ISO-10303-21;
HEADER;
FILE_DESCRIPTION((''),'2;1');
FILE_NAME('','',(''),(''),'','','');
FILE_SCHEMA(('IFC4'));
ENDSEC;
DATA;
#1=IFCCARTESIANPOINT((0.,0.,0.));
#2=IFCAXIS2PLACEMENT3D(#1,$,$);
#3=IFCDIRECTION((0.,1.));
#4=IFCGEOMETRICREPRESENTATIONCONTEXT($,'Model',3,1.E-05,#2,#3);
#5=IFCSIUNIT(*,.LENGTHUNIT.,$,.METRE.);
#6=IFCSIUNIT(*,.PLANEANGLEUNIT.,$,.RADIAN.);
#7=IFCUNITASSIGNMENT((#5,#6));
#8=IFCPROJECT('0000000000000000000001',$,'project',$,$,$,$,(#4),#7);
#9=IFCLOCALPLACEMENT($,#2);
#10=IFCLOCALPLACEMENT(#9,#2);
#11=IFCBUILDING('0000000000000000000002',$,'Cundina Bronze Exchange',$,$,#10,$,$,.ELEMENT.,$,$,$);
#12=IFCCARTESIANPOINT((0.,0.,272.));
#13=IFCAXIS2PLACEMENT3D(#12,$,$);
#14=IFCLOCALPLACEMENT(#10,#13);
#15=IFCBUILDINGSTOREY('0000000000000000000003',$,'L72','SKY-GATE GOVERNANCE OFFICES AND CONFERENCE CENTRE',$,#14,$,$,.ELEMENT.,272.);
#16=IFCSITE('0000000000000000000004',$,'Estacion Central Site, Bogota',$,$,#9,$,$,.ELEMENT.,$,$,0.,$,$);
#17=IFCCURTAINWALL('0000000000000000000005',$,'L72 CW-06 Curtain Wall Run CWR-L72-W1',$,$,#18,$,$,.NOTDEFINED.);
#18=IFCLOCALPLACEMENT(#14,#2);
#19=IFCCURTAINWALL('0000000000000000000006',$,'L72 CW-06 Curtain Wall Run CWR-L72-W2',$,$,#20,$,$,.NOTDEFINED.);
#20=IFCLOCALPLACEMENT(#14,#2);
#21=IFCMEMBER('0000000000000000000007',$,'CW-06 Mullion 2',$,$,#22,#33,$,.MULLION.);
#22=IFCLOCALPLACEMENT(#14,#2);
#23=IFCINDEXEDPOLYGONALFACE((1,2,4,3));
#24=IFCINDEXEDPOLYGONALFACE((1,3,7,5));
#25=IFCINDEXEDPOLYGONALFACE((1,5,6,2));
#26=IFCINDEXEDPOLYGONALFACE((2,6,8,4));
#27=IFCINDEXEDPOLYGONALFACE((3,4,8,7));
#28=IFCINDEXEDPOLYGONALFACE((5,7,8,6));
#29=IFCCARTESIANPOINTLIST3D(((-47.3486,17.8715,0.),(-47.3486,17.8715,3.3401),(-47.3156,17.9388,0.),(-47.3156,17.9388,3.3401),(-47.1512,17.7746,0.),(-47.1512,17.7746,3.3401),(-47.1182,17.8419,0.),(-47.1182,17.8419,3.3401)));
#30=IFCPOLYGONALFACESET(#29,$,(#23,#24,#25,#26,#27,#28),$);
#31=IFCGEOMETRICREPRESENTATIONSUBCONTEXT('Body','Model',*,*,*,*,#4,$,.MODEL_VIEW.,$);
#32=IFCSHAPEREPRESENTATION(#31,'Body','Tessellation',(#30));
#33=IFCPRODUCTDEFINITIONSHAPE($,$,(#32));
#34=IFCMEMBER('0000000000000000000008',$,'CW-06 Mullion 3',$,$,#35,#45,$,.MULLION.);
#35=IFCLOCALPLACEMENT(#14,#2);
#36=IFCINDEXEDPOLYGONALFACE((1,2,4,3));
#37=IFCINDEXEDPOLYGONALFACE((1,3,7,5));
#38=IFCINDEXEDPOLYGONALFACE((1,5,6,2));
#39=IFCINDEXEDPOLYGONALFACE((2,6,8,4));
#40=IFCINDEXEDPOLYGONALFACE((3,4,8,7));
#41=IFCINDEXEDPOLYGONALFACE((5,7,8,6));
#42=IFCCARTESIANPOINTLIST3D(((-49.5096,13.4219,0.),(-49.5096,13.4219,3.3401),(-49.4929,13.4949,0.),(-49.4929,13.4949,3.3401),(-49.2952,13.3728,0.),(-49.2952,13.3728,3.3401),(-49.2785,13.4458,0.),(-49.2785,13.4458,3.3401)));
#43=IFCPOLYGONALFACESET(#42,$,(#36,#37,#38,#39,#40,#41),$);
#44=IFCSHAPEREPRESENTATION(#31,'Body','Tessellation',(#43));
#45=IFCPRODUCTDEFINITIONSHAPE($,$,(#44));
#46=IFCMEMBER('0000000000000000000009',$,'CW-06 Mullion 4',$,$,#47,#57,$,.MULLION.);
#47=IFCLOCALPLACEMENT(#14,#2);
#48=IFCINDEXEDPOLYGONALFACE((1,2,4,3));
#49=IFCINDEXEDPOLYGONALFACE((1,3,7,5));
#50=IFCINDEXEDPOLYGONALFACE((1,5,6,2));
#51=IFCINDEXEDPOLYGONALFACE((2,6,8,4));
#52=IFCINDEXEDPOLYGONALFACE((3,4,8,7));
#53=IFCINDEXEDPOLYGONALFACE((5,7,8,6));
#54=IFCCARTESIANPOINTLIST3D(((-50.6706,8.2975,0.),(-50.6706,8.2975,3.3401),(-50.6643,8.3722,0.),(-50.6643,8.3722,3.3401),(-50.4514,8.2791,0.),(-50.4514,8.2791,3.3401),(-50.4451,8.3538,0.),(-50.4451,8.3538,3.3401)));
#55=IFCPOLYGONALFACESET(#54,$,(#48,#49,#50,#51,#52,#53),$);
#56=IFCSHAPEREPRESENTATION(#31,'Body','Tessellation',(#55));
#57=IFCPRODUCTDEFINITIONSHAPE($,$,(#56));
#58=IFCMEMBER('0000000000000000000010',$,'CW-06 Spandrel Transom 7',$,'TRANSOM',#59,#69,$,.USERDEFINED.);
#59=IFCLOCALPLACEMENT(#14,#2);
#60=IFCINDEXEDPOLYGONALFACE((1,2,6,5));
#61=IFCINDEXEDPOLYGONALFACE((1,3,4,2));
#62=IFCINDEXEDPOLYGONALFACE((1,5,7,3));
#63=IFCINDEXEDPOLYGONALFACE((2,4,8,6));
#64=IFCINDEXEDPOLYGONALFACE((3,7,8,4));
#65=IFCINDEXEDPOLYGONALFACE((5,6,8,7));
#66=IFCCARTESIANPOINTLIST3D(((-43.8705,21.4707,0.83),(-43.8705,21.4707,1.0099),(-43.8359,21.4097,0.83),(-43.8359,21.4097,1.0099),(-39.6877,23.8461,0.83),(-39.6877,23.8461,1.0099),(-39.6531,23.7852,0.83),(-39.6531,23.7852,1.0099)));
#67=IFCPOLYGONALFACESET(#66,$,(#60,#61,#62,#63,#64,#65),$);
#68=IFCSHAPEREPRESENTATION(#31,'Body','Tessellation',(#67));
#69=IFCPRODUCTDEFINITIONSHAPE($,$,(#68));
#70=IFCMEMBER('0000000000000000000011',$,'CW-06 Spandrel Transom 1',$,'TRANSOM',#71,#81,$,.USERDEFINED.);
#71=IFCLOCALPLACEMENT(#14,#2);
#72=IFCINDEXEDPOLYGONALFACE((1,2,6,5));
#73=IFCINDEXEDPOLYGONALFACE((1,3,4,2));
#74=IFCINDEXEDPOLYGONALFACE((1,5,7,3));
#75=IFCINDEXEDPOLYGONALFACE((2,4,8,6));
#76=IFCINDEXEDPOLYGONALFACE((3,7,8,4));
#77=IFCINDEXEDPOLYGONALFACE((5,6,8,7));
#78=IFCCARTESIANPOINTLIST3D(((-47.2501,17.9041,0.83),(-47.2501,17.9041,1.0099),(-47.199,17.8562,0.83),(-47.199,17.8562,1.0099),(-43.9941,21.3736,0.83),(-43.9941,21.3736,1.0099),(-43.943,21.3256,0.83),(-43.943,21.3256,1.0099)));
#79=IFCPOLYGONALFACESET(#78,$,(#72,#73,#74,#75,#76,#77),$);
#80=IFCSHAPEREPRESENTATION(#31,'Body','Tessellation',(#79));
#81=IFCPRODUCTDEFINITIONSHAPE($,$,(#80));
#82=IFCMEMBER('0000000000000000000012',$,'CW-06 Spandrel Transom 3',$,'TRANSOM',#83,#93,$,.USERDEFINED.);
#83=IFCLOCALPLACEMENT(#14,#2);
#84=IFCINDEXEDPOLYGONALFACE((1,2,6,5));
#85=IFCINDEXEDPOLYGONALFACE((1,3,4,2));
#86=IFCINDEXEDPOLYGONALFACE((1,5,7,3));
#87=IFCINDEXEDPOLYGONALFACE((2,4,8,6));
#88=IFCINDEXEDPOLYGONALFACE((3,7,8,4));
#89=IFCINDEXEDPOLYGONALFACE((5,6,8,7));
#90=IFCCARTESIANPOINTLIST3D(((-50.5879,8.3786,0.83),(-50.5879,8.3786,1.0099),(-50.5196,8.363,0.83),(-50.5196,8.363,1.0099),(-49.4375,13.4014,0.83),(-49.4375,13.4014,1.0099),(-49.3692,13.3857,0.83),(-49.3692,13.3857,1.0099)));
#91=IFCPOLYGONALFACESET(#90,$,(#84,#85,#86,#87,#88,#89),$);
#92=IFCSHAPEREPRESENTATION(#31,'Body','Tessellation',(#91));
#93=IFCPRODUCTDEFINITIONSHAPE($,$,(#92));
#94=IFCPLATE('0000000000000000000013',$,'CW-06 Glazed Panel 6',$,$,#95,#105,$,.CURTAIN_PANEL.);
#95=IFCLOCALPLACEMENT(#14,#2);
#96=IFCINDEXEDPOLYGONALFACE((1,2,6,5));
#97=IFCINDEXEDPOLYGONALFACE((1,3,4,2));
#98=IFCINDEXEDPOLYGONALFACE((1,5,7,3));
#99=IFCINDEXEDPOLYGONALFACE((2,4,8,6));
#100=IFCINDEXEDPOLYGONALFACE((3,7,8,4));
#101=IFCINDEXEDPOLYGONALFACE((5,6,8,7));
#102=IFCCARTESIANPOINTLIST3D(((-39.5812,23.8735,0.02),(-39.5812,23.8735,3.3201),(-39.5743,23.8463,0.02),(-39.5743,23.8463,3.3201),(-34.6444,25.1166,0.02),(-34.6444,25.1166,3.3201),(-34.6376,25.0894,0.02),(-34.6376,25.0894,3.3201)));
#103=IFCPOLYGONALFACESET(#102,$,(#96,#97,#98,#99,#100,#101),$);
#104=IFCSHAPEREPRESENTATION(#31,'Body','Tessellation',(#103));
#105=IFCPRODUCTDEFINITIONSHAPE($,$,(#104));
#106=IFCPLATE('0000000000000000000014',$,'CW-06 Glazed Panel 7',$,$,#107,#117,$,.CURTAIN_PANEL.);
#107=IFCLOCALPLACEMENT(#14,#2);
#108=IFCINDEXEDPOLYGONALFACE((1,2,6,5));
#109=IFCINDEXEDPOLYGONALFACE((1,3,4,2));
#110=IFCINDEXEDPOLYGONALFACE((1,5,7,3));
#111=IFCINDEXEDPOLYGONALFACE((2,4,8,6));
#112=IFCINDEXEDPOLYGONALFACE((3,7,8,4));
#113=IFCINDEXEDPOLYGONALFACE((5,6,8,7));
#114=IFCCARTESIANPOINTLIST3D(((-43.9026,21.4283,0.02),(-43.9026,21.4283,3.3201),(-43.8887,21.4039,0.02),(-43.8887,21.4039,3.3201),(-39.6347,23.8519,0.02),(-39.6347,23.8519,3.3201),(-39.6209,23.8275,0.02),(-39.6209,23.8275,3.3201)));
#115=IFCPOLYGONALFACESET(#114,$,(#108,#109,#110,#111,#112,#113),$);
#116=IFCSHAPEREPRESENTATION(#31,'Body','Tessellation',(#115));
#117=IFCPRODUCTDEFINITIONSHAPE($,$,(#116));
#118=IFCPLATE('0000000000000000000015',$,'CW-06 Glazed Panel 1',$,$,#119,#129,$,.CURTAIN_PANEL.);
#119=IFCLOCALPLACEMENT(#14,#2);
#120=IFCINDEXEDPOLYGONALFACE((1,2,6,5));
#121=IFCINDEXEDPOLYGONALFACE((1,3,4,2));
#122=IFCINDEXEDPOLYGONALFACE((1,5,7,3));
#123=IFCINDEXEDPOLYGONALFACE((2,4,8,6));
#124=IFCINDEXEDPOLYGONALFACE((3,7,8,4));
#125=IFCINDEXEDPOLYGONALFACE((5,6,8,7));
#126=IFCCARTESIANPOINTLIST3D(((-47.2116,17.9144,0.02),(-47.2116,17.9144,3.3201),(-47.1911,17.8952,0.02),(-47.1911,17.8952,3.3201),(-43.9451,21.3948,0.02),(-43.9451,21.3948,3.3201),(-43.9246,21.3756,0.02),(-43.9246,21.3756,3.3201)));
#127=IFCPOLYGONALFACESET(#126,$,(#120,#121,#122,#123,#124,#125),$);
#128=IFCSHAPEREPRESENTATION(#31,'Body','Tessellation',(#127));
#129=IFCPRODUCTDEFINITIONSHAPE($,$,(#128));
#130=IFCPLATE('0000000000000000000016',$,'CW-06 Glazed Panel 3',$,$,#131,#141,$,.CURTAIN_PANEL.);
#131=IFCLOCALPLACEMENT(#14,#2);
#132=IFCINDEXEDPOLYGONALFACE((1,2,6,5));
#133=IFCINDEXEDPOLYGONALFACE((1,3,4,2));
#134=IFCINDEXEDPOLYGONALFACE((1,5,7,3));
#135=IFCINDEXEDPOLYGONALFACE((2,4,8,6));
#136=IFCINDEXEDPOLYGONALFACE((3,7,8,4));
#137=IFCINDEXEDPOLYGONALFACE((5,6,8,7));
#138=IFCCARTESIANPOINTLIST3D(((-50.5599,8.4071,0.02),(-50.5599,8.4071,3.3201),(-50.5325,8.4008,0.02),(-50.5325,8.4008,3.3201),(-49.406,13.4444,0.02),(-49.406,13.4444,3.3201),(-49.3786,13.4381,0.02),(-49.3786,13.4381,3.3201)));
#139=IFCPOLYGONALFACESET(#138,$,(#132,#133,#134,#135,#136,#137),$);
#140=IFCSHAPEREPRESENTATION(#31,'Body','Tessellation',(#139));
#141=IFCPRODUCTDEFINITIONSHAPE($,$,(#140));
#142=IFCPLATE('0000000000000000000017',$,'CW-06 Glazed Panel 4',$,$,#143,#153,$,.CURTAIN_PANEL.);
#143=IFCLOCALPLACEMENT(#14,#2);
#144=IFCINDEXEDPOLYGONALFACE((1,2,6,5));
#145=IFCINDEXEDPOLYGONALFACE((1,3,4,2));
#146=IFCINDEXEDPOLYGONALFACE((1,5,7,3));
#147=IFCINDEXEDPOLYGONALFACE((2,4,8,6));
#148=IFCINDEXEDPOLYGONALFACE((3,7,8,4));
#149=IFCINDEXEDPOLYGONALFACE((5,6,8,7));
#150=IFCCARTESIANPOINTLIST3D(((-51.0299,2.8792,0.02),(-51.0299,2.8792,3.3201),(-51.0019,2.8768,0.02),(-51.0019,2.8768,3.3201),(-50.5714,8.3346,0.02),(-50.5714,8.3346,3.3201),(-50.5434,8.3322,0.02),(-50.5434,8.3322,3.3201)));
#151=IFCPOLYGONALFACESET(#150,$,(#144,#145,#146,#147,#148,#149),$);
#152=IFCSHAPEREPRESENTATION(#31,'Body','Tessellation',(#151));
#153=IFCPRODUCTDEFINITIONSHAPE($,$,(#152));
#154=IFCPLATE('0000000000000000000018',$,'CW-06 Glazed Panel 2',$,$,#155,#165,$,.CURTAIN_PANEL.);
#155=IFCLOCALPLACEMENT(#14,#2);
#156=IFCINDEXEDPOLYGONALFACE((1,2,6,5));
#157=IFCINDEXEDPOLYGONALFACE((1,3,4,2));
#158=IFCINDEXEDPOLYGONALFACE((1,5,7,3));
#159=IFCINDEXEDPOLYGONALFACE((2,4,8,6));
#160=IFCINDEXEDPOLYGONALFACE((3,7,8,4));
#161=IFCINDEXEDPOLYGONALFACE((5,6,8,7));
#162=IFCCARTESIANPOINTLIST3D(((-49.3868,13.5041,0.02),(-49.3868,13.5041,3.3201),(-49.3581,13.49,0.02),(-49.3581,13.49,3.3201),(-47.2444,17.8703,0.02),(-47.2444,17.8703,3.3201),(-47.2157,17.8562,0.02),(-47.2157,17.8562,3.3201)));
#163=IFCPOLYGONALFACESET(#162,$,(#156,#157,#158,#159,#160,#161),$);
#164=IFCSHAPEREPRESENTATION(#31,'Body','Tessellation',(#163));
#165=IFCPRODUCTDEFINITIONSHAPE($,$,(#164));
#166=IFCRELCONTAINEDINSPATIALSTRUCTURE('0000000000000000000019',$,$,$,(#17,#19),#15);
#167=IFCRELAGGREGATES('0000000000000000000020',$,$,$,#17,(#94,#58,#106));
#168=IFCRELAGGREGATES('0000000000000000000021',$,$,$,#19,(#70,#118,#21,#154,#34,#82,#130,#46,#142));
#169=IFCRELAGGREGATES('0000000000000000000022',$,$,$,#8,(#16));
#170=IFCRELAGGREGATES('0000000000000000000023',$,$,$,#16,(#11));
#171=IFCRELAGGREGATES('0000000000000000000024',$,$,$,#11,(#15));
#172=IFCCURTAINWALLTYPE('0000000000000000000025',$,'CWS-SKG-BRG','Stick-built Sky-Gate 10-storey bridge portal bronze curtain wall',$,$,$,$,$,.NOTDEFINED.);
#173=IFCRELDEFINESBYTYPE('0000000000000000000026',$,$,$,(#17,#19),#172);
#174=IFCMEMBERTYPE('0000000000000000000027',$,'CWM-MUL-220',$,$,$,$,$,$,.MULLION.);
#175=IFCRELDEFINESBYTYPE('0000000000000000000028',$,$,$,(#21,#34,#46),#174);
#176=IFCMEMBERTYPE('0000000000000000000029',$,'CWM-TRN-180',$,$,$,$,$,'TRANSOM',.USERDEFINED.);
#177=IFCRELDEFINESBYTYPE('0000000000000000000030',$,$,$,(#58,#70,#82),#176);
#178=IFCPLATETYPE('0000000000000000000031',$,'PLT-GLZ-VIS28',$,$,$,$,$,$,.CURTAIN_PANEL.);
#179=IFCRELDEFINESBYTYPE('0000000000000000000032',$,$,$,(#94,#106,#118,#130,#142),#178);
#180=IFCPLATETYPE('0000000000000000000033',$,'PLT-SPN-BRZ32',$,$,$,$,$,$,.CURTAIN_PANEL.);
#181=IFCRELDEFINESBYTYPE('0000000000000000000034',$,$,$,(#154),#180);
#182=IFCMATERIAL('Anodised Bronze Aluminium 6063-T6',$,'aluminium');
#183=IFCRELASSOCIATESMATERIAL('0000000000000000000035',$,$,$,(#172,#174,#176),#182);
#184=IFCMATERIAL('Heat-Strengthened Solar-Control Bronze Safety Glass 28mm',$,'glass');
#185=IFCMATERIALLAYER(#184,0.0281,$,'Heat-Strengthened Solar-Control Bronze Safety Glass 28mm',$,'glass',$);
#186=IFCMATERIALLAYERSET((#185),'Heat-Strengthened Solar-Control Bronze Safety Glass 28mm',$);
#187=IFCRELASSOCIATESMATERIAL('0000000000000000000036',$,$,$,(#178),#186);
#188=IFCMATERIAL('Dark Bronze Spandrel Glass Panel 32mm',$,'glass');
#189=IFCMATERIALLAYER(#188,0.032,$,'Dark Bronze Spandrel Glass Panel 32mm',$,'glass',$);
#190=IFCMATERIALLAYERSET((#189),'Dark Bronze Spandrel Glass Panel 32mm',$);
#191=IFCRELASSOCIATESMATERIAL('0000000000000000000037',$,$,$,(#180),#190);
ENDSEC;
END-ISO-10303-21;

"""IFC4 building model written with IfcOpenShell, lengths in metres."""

from ifc_helpers import new_model, si_unit, direction, frame, origin, origin_2d, place, context, subcontext, project, spatial, rectangle, extrude, material, layer, layer_set, material_profile, profile_set, type_object, element, aggregate, save


model = new_model("IFC4")

# Units and contexts
model_context = context("Model", 3, precision=1e-05, world=origin(), true_north=direction((0.0, 1.0)))
body_context = subcontext(model_context, "Body", "Model", "MODEL_VIEW")
ifc_project = project(units=[si_unit("LENGTHUNIT", "METRE"), si_unit("PLANEANGLEUNIT", "RADIAN")], contexts=[model_context])

# Site, building, storey
site_placement = place(None, origin())
site = spatial("IfcSite", under=ifc_project, at=site_placement, Name="Estacion Central Site, Bogota", CompositionType="ELEMENT", RefElevation=0.0)
building_placement = place(site_placement, origin())
building = spatial("IfcBuilding", under=site, at=building_placement, Name="Cundina Bronze Exchange", CompositionType="ELEMENT")
storey_placement = place(building_placement, frame((0.0, 0.0, 272.0)))
storey = spatial("IfcBuildingStorey", under=building, at=storey_placement, Name="L72", Description="SKY-GATE GOVERNANCE OFFICES AND CONFERENCE CENTRE", CompositionType="ELEMENT", Elevation=272.0)

# Curtain walls, members
ifc_material_1 = material(Name="Anodised Bronze Aluminium 6063-T6", Category="aluminium")
curtain_wall_type = type_object("IfcCurtainWallType", Name="CWS-SKG-BRG", Description="Stick-built Sky-Gate 10-storey bridge portal bronze curtain wall", PredefinedType="NOTDEFINED", material=ifc_material_1)
curtain_wall_1_placement = place(storey_placement, origin())
curtain_wall_1 = element("IfcCurtainWall", 1, at=curtain_wall_1_placement, inside=storey, type_object=curtain_wall_type, Name="L72 CW-06 Curtain Wall Run CWR-L72-W1", PredefinedType="NOTDEFINED")
ifc_material_profile_1 = material_profile(ifc_material_1, rectangle(XDim=0.075, YDim=0.22, at=origin_2d()), Name="AL75X220", Category="aluminium")
ifc_profile_set_1 = profile_set([ifc_material_profile_1], Name="Anodised Bronze Aluminium 6063-T6")
member_type_1 = type_object("IfcMemberType", Name="CWM-MUL-220", PredefinedType="MULLION", material=ifc_profile_set_1)
curtain_wall_2_placement = place(storey_placement, origin())
curtain_wall_2 = element("IfcCurtainWall", 2, at=curtain_wall_2_placement, inside=storey, type_object=curtain_wall_type, Name="L72 CW-06 Curtain Wall Run CWR-L72-W2", PredefinedType="NOTDEFINED")
member_1_placement = place(storey_placement, frame((-47.2334, 17.8567, 0.0), z_axis=(0.0, 0.0, 1.0), x_axis=(-0.440566, -0.89772, 0.0)))
member_1 = element("IfcMember", 3, at=member_1_placement, type_object=member_type_1, Name="CW-06 Mullion 2", PredefinedType="MULLION", context=body_context, shape_type="SweptSolid", body=[
    extrude(rectangle(XDim=0.075, YDim=0.22, at=origin_2d()), origin(), (0.0, 0.0, 1.0), 3.3401),
])
member_2_placement = place(storey_placement, frame((-49.394, 13.4338, 0.0), z_axis=(0.0, 0.0, 1.0), x_axis=(-0.22325, -0.974761, 0.0)))
member_2 = element("IfcMember", 4, at=member_2_placement, type_object=member_type_1, Name="CW-06 Mullion 3", PredefinedType="MULLION", context=body_context, shape_type="SweptSolid", body=[
    extrude(rectangle(XDim=0.075, YDim=0.22, at=origin_2d()), origin(), (0.0, 0.0, 1.0), 3.3401),
])
member_3_placement = place(storey_placement, frame((-50.5579, 8.3257, 0.0), z_axis=(0.0, 0.0, 1.0), x_axis=(-0.083678, -0.996493, 0.0)))
member_3 = element("IfcMember", 5, at=member_3_placement, type_object=member_type_1, Name="CW-06 Mullion 4", PredefinedType="MULLION", context=body_context, shape_type="SweptSolid", body=[
    extrude(rectangle(XDim=0.075, YDim=0.22, at=origin_2d()), origin(), (0.0, 0.0, 1.0), 3.3401),
])

# Members
ifc_material_profile_2 = material_profile(ifc_material_1, rectangle(XDim=0.0701, YDim=0.1799, at=origin_2d()), Name="AL70X180", Category="aluminium")
ifc_profile_set_2 = profile_set([ifc_material_profile_2], Name="Anodised Bronze Aluminium 6063-T6")
member_type_2 = type_object("IfcMemberType", Name="CWM-TRN-180", ElementType="TRANSOM", PredefinedType="USERDEFINED", material=ifc_profile_set_2)
member_4_placement = place(storey_placement, frame((-39.6704, 23.8157, 0.9199), z_axis=(-0.869558, -0.493831, 0.0), x_axis=(0.493831, -0.869558, 0.0)))
member_4 = element("IfcMember", 6, at=member_4_placement, type_object=member_type_2, Name="CW-06 Spandrel Transom 7", ObjectType="TRANSOM", PredefinedType="USERDEFINED", context=body_context, shape_type="SweptSolid", body=[
    extrude(rectangle(XDim=0.0701, YDim=0.1799, at=origin_2d()), origin(), (0.0, 0.0, 1.0), 4.8103),
])
member_5_placement = place(storey_placement, frame((-43.9685, 21.3496, 0.9199), z_axis=(-0.684328, -0.729174, 0.0), x_axis=(0.729174, -0.684328, 0.0)))
member_5 = element("IfcMember", 7, at=member_5_placement, type_object=member_type_2, Name="CW-06 Spandrel Transom 1", ObjectType="TRANSOM", PredefinedType="USERDEFINED", context=body_context, shape_type="SweptSolid", body=[
    extrude(rectangle(XDim=0.0701, YDim=0.1799, at=origin_2d()), origin(), (0.0, 0.0, 1.0), 4.7581),
])
member_6_placement = place(storey_placement, frame((-49.4033, 13.3936, 0.9199), z_axis=(-0.223257, -0.97476, 0.0), x_axis=(0.97476, -0.223257, 0.0)))
member_6 = element("IfcMember", 8, at=member_6_placement, type_object=member_type_2, Name="CW-06 Spandrel Transom 3", ObjectType="TRANSOM", PredefinedType="USERDEFINED", context=body_context, shape_type="SweptSolid", body=[
    extrude(rectangle(XDim=0.0701, YDim=0.1799, at=origin_2d()), origin(), (0.0, 0.0, 1.0), 5.1528),
])

# Plates
ifc_material_2 = material(Name="Heat-Strengthened Solar-Control Bronze Safety Glass 28mm", Category="glass")
ifc_layer_1 = layer(ifc_material_2, 0.0281, Name="Heat-Strengthened Solar-Control Bronze Safety Glass 28mm", Category="glass")
ifc_layer_set_1 = layer_set([ifc_layer_1], Name="Heat-Strengthened Solar-Control Bronze Safety Glass 28mm")
plate_type_1 = type_object("IfcPlateType", Name="PLT-GLZ-VIS28", PredefinedType="CURTAIN_PANEL", material=ifc_layer_set_1)
plate_1_placement = place(storey_placement, frame((-37.1094, 24.4814, 0.02), z_axis=(0.0, 0.0, 1.0), x_axis=(-0.969732, -0.244174, 0.0)))
plate_1 = element("IfcPlate", 9, at=plate_1_placement, type_object=plate_type_1, Name="CW-06 Glazed Panel 6", PredefinedType="CURTAIN_PANEL", context=body_context, shape_type="SweptSolid", body=[
    extrude(rectangle(XDim=5.0908, YDim=0.0281, at=origin_2d()), origin(), (0.0, 0.0, 1.0), 3.3),
])
plate_2_placement = place(storey_placement, frame((-41.7617, 22.6279, 0.02), z_axis=(0.0, 0.0, 1.0), x_axis=(-0.869573, -0.493805, 0.0)))
plate_2 = element("IfcPlate", 10, at=plate_2_placement, type_object=plate_type_1, Name="CW-06 Glazed Panel 7", PredefinedType="CURTAIN_PANEL", context=body_context, shape_type="SweptSolid", body=[
    extrude(rectangle(XDim=4.908, YDim=0.0281, at=origin_2d()), origin(), (0.0, 0.0, 1.0), 3.3),
])
aggregate(curtain_wall_1, [plate_1, member_4, plate_2])
plate_3_placement = place(storey_placement, frame((-45.5681, 19.645, 0.02), z_axis=(0.0, 0.0, 1.0), x_axis=(-0.684344, -0.72916, 0.0)))
plate_3 = element("IfcPlate", 11, at=plate_3_placement, type_object=plate_type_1, Name="CW-06 Glazed Panel 1", PredefinedType="CURTAIN_PANEL", context=body_context, shape_type="SweptSolid", body=[
    extrude(rectangle(XDim=4.7732, YDim=0.0281, at=origin_2d()), origin(), (0.0, 0.0, 1.0), 3.3),
])
plate_4_placement = place(storey_placement, frame((-49.9692, 10.9226, 0.02), z_axis=(0.0, 0.0, 1.0), x_axis=(-0.223284, -0.974753, 0.0)))
plate_4 = element("IfcPlate", 12, at=plate_4_placement, type_object=plate_type_1, Name="CW-06 Glazed Panel 3", PredefinedType="CURTAIN_PANEL", context=body_context, shape_type="SweptSolid", body=[
    extrude(rectangle(XDim=5.1677, YDim=0.0281, at=origin_2d()), origin(), (0.0, 0.0, 1.0), 3.3),
])
plate_5_placement = place(storey_placement, frame((-50.7866, 5.6057, 0.02), z_axis=(0.0, 0.0, 1.0), x_axis=(-0.083747, -0.996487, 0.0)))
plate_5 = element("IfcPlate", 13, at=plate_5_placement, type_object=plate_type_1, Name="CW-06 Glazed Panel 4", PredefinedType="CURTAIN_PANEL", context=body_context, shape_type="SweptSolid", body=[
    extrude(rectangle(XDim=5.4746, YDim=0.0281, at=origin_2d()), origin(), (0.0, 0.0, 1.0), 3.3),
])
ifc_material_3 = material(Name="Dark Bronze Spandrel Glass Panel 32mm", Category="glass")
ifc_layer_2 = layer(ifc_material_3, 0.032, Name="Dark Bronze Spandrel Glass Panel 32mm", Category="glass")
ifc_layer_set_2 = layer_set([ifc_layer_2], Name="Dark Bronze Spandrel Glass Panel 32mm")
plate_type_2 = type_object("IfcPlateType", Name="PLT-SPN-BRZ32", PredefinedType="CURTAIN_PANEL", material=ifc_layer_set_2)
plate_6_placement = place(storey_placement, frame((-48.3013, 15.6802, 0.02), z_axis=(0.0, 0.0, 1.0), x_axis=(-0.440503, -0.897751, 0.0)))
plate_6 = element("IfcPlate", 14, at=plate_6_placement, type_object=plate_type_2, Name="CW-06 Glazed Panel 2", PredefinedType="CURTAIN_PANEL", context=body_context, shape_type="SweptSolid", body=[
    extrude(rectangle(XDim=4.8635, YDim=0.032, at=origin_2d()), origin(), (0.0, 0.0, 1.0), 3.3),
])
aggregate(curtain_wall_2, [member_5, plate_3, member_1, plate_6, member_2, member_6, plate_4, member_3, plate_5])

save(model, "model.ifc")
